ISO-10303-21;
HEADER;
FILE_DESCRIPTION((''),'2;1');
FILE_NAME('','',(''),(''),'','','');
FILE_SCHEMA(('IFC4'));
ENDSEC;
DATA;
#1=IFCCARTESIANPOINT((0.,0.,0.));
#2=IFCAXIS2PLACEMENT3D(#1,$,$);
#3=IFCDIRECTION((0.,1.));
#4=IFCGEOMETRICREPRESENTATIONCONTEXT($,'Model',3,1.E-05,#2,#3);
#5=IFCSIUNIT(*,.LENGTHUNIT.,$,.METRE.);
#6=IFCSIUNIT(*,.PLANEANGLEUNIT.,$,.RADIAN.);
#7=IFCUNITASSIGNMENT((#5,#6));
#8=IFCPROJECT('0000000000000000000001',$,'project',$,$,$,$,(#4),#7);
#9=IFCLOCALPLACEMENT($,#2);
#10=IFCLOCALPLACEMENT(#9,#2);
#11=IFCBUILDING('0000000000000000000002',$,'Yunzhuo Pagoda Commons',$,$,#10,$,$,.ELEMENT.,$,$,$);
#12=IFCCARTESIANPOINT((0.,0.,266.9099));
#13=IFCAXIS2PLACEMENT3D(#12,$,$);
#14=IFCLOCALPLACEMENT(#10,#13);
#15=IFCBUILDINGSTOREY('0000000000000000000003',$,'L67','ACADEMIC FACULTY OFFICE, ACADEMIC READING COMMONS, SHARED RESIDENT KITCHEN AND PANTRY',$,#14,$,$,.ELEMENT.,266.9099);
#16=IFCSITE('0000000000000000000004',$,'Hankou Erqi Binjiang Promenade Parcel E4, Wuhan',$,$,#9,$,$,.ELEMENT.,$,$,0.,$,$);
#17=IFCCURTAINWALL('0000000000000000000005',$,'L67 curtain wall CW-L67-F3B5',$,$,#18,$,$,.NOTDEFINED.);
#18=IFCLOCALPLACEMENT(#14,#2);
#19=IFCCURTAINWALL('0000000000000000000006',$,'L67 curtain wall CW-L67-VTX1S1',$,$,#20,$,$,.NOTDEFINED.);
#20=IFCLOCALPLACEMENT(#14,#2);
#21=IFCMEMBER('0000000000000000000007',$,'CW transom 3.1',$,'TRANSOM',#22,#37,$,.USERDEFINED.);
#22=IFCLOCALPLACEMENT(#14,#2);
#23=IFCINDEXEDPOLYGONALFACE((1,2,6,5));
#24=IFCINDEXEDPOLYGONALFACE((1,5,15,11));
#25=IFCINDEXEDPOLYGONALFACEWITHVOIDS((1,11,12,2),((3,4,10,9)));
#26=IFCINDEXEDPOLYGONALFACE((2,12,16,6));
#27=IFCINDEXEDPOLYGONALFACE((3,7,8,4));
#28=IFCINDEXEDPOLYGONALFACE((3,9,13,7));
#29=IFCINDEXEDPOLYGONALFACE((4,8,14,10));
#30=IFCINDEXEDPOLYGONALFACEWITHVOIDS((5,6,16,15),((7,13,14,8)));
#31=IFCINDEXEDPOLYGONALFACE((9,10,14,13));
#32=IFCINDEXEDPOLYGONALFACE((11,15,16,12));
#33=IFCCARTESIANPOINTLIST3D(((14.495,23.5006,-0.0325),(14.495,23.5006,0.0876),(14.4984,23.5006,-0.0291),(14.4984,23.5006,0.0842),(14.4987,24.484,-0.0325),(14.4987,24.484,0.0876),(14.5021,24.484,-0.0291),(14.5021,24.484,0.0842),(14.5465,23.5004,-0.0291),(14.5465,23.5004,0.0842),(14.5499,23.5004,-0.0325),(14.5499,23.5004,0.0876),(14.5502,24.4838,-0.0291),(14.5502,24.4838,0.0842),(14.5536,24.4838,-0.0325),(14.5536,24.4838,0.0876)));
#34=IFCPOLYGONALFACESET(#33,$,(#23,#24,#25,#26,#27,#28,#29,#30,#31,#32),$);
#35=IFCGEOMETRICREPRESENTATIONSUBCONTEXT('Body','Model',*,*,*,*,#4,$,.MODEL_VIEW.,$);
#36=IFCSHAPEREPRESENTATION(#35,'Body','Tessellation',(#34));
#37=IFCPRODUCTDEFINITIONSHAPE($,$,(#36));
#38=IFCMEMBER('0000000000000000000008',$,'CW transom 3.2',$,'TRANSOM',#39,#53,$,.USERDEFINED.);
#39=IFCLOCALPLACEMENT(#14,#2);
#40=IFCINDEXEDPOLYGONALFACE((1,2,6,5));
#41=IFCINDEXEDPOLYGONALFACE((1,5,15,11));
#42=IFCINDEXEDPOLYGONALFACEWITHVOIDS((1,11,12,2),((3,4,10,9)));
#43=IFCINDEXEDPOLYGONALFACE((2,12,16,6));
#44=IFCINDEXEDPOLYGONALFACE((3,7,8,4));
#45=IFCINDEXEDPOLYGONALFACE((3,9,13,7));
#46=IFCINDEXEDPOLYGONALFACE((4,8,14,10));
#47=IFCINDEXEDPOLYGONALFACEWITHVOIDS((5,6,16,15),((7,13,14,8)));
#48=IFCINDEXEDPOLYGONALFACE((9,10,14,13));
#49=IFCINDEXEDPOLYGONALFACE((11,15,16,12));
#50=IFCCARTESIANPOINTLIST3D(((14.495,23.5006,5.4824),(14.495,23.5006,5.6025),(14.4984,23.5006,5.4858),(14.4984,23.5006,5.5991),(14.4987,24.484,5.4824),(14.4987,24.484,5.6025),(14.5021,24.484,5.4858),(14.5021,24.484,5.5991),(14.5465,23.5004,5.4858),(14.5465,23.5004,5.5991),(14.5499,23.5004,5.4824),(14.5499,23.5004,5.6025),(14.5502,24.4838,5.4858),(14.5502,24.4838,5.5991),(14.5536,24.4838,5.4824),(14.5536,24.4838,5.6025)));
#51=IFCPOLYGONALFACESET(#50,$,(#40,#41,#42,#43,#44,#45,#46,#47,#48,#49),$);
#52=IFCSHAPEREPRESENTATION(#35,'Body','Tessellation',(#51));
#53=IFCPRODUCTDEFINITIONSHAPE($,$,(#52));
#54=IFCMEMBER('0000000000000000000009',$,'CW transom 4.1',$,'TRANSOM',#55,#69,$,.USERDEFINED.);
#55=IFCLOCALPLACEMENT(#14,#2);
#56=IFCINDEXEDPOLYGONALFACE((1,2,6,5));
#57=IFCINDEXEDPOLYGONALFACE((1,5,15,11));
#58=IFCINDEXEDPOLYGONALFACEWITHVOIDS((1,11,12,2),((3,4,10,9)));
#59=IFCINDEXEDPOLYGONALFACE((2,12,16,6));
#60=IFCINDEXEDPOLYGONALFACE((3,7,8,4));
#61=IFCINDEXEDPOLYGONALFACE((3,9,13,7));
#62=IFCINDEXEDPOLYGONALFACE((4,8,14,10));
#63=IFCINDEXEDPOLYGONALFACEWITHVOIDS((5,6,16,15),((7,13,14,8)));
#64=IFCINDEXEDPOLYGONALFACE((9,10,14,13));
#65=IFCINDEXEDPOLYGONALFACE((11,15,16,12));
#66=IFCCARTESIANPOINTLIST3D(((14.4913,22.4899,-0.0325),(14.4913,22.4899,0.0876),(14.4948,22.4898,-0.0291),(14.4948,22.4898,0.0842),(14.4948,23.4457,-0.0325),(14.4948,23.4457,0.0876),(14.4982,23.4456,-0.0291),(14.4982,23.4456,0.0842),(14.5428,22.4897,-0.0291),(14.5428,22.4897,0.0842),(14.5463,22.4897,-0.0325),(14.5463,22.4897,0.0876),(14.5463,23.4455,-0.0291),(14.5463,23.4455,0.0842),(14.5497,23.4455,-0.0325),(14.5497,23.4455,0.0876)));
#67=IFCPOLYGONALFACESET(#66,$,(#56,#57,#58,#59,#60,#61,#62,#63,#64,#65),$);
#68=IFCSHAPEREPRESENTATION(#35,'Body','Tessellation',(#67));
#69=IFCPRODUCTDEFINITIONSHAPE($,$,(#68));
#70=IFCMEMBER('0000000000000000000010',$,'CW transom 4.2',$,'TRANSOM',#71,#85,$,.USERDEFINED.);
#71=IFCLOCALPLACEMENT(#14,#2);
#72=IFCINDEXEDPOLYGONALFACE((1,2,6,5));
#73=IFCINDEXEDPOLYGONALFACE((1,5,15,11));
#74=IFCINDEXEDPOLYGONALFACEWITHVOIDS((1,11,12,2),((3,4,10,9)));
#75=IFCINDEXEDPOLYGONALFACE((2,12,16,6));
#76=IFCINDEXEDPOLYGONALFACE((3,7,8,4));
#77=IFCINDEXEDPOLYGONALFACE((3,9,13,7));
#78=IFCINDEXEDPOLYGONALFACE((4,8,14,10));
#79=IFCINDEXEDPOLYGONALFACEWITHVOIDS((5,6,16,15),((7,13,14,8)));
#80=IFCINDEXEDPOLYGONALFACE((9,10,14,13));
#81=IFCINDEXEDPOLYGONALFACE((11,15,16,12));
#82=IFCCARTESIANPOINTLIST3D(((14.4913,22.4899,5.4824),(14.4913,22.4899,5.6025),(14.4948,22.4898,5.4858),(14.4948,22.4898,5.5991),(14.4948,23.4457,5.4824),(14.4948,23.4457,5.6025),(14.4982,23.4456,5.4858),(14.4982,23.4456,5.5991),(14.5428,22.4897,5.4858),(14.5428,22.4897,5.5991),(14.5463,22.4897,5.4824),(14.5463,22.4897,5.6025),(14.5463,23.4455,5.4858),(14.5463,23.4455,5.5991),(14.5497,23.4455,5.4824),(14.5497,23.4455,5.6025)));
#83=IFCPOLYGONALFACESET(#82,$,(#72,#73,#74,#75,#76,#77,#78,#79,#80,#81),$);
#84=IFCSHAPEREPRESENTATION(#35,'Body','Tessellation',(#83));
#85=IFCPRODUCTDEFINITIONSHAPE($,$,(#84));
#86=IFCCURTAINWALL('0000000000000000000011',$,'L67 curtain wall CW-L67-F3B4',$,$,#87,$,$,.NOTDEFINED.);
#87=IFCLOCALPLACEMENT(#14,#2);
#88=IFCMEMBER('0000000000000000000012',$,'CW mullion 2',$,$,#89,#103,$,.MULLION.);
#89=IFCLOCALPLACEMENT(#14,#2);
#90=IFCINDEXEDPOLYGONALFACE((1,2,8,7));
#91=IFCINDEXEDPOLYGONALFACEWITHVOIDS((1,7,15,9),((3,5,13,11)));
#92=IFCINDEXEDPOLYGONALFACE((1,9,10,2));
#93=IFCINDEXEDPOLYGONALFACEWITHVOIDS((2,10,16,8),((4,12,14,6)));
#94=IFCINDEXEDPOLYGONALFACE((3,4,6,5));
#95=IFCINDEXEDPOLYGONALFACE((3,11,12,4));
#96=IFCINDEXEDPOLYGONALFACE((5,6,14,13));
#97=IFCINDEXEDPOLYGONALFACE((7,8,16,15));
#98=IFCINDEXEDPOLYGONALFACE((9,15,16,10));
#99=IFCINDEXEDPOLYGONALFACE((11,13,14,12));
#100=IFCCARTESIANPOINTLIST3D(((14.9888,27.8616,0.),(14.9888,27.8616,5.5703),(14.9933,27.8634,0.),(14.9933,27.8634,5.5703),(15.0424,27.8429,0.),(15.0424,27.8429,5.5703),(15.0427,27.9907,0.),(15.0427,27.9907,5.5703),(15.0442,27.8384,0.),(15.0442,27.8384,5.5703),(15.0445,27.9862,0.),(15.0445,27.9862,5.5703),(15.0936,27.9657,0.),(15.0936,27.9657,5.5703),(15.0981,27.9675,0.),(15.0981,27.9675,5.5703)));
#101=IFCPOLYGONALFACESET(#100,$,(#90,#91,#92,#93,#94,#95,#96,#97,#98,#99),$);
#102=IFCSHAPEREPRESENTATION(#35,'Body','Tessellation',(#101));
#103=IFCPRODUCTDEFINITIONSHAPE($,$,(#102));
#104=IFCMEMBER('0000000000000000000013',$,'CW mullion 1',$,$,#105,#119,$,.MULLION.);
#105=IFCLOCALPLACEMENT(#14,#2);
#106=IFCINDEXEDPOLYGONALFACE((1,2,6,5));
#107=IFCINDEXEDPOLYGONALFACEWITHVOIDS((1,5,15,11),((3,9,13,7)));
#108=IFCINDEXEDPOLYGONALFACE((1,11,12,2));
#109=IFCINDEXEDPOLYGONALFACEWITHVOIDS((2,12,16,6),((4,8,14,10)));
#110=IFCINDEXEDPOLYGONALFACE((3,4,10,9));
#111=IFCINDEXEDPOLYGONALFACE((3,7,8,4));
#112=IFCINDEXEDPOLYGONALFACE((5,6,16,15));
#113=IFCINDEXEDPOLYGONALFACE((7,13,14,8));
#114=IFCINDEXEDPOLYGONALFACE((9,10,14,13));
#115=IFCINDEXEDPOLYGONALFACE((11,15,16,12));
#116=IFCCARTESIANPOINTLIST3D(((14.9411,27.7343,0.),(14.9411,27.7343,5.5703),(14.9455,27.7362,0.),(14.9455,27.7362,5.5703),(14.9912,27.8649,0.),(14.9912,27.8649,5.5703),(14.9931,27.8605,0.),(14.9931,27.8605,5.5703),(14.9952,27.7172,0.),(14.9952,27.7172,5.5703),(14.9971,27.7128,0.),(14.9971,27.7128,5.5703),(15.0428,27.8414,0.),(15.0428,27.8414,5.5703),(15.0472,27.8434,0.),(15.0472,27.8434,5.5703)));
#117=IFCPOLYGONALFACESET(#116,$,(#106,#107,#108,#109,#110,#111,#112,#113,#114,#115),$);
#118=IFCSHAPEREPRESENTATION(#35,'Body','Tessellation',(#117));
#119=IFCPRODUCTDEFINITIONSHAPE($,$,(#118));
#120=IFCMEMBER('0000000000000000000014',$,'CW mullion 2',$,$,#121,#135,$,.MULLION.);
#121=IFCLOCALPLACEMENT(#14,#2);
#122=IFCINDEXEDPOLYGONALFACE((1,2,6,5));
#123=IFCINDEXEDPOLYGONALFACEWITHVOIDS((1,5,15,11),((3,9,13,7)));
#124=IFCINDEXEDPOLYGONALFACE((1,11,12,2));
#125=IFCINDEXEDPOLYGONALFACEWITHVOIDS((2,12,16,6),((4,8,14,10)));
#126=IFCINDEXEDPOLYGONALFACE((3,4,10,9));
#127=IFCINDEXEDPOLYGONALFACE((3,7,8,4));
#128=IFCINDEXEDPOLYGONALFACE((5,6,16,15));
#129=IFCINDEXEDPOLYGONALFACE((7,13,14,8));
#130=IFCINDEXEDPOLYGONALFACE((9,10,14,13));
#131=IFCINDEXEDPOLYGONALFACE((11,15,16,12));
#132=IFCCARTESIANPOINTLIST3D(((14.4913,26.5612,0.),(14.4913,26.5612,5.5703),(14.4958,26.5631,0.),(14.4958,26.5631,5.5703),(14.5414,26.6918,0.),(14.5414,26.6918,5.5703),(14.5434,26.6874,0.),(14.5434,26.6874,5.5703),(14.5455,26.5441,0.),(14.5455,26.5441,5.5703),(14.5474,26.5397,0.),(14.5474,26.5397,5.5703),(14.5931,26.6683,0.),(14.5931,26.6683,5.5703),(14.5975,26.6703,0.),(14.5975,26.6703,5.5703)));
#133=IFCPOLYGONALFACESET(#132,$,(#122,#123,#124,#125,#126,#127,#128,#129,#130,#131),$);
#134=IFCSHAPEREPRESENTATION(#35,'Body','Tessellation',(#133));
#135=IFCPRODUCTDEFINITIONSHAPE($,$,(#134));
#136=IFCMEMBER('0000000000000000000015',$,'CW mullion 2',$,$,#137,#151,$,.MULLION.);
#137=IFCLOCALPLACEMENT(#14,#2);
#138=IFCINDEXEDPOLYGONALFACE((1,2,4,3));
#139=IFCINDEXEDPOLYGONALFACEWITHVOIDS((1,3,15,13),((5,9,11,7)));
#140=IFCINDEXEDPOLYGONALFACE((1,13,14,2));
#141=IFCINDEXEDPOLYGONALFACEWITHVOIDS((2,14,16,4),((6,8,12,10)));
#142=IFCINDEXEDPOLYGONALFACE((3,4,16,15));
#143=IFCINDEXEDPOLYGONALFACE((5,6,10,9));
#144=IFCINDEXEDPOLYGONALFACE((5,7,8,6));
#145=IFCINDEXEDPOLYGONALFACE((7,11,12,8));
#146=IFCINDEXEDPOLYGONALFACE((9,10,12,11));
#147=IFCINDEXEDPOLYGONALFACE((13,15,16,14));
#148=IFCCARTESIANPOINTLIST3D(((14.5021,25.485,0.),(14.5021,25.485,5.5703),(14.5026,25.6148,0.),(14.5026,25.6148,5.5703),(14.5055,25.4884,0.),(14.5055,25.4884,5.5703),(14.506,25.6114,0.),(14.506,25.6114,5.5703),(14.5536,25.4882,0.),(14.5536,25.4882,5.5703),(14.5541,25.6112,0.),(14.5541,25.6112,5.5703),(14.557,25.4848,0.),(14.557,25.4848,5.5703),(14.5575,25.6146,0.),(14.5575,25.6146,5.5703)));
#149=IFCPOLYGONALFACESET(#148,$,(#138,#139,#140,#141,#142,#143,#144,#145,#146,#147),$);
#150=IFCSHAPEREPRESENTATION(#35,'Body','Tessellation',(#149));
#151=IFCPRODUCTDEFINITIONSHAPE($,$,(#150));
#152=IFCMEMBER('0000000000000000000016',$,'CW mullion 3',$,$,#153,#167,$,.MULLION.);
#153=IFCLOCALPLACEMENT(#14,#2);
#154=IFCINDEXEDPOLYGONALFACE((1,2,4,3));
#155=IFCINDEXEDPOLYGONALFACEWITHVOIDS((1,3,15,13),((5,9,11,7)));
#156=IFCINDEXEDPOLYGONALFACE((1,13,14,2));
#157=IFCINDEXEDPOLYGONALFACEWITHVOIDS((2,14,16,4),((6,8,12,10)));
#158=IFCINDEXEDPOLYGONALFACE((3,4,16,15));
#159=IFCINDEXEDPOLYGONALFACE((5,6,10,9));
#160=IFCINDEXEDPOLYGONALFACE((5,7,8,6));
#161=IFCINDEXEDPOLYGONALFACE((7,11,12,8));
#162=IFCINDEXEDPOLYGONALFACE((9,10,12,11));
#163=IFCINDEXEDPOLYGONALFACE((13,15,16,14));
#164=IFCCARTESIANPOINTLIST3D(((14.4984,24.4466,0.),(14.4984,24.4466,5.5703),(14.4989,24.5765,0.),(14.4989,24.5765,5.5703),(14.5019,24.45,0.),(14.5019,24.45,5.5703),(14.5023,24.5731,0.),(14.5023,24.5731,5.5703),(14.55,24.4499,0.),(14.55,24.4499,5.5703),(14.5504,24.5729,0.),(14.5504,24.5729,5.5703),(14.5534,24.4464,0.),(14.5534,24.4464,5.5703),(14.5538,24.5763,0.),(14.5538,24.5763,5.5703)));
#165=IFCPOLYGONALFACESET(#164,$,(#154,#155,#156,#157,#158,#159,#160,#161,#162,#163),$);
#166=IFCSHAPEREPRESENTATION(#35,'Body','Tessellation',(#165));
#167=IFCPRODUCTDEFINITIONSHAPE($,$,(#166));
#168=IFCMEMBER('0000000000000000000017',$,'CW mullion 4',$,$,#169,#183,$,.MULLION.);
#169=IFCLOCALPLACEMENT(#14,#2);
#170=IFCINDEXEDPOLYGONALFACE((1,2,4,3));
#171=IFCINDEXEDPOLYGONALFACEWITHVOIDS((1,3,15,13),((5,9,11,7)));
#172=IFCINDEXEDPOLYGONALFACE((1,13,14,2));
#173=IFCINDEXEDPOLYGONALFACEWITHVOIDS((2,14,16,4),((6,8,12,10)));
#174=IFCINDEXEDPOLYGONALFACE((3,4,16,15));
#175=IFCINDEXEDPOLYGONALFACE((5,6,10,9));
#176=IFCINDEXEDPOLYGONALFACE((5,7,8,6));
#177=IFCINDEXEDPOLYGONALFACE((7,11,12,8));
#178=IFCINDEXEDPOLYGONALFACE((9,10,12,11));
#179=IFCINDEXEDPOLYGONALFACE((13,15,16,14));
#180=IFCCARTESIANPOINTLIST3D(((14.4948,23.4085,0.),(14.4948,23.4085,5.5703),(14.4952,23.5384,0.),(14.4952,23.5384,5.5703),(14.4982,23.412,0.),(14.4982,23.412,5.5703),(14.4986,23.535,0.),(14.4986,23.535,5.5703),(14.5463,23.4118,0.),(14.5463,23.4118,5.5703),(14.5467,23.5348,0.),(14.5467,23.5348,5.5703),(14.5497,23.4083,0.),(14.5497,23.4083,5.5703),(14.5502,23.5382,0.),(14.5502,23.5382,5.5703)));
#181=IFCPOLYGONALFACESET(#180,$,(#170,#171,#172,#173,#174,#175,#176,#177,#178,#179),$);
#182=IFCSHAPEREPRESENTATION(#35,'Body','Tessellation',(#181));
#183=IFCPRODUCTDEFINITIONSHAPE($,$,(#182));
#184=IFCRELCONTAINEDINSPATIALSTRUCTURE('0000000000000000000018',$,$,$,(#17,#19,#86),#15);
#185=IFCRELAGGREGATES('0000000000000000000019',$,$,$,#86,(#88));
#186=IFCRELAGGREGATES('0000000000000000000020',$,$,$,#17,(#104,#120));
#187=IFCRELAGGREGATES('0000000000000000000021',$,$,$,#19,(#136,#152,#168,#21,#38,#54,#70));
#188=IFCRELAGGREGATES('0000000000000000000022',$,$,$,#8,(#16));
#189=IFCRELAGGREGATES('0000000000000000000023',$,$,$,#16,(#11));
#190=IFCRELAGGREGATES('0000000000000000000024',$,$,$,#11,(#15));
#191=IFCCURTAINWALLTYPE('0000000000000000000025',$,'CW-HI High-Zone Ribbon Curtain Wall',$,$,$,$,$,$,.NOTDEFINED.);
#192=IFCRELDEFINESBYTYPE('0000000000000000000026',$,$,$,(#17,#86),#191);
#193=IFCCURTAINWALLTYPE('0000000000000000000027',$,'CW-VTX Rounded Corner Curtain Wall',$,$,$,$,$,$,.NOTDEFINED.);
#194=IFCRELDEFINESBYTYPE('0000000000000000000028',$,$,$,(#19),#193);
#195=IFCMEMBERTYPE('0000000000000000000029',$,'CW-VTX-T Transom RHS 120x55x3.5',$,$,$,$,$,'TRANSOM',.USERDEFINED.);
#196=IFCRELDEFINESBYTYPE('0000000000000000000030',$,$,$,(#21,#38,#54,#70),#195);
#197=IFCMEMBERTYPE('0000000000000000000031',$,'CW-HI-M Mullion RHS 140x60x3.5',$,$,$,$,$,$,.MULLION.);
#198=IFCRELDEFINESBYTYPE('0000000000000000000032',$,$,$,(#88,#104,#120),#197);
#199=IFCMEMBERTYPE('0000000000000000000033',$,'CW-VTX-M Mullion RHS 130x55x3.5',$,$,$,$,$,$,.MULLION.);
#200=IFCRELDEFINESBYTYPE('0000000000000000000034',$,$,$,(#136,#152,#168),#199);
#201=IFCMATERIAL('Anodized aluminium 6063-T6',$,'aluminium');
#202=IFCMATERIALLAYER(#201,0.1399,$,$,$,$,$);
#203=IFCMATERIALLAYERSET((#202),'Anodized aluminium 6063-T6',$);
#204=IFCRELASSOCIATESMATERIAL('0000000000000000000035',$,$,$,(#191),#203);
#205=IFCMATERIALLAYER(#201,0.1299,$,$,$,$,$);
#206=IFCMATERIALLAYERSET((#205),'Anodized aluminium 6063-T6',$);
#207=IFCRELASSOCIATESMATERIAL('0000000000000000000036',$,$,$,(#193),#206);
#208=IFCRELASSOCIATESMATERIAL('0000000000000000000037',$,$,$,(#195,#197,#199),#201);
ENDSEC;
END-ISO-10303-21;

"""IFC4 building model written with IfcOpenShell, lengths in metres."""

from ifc_helpers import new_model, si_unit, direction, frame, origin, origin_2d, place, context, subcontext, project, spatial, hollow_rectangle, extrude, source, transform, mapped, material, layer, layer_set, material_profile, profile_set, type_object, element, aggregate, save


model = new_model("IFC4")

# Units and contexts
model_context = context("Model", 3, precision=1e-05, world=origin(), true_north=direction((0.0, 1.0)))
body_context = subcontext(model_context, "Body", "Model", "MODEL_VIEW")
ifc_project = project(units=[si_unit("LENGTHUNIT", "METRE"), si_unit("PLANEANGLEUNIT", "RADIAN")], contexts=[model_context])

# Site, building, storey
site_placement = place(None, origin())
site = spatial("IfcSite", under=ifc_project, at=site_placement, Name="Hankou Erqi Binjiang Promenade Parcel E4, Wuhan", CompositionType="ELEMENT", RefElevation=0.0)
building_placement = place(site_placement, origin())
building = spatial("IfcBuilding", under=site, at=building_placement, Name="Yunzhuo Pagoda Commons", CompositionType="ELEMENT")
storey_placement = place(building_placement, frame((0.0, 0.0, 266.9099)))
storey = spatial("IfcBuildingStorey", under=building, at=storey_placement, Name="L67", Description="ACADEMIC FACULTY OFFICE, ACADEMIC READING COMMONS, SHARED RESIDENT KITCHEN AND PANTRY", CompositionType="ELEMENT", Elevation=266.9099)

# Curtain walls, members
ifc_material_1 = material(Name="Anodized aluminium 6063-T6", Category="aluminium")
ifc_layer_1 = layer(ifc_material_1, 0.1399)
ifc_layer_set_1 = layer_set([ifc_layer_1], Name="Anodized aluminium 6063-T6")
curtain_wall_type_1 = type_object("IfcCurtainWallType", Name="CW-HI High-Zone Ribbon Curtain Wall", PredefinedType="NOTDEFINED", material=ifc_layer_set_1)
curtain_wall_1_placement = place(storey_placement, origin())
curtain_wall_1 = element("IfcCurtainWall", 1, at=curtain_wall_1_placement, inside=storey, type_object=curtain_wall_type_1, Name="L67 curtain wall CW-L67-F3B5", PredefinedType="NOTDEFINED")
ifc_layer_2 = layer(ifc_material_1, 0.1299)
ifc_layer_set_2 = layer_set([ifc_layer_2], Name="Anodized aluminium 6063-T6")
curtain_wall_type_2 = type_object("IfcCurtainWallType", Name="CW-VTX Rounded Corner Curtain Wall", PredefinedType="NOTDEFINED", material=ifc_layer_set_2)
curtain_wall_2_placement = place(storey_placement, origin())
curtain_wall_2 = element("IfcCurtainWall", 2, at=curtain_wall_2_placement, inside=storey, type_object=curtain_wall_type_2, Name="L67 curtain wall CW-L67-VTX1S1", PredefinedType="NOTDEFINED")
ifc_material_profile_1 = material_profile(ifc_material_1, hollow_rectangle(XDim=0.0549, YDim=0.1201, WallThickness=0.0034, at=origin_2d()), Name="Anodized aluminium 6063-T6")
ifc_profile_set_1 = profile_set([ifc_material_profile_1], Name="Anodized aluminium 6063-T6")
member_type_1 = type_object("IfcMemberType", Name="CW-VTX-T Transom RHS 120x55x3.5", ElementType="TRANSOM", PredefinedType="USERDEFINED", material=ifc_profile_set_1)
shared_shape_1 = source(origin(), body_context, "Body", "SweptSolid", [
    extrude(hollow_rectangle(XDim=0.0549, YDim=0.1201, WallThickness=0.0034, at=origin_2d()), origin(), (0.0, 0.0, 1.0), 0.9834),
])
member_1_placement = place(storey_placement, frame((14.5261, 24.4839, 0.0276), z_axis=(-0.003724, -0.999993, 0.0), x_axis=(0.999993, -0.003724, 0.0)))
member_1 = element("IfcMember", 3, at=member_1_placement, type_object=member_type_1, Name="CW transom 3.1", ObjectType="TRANSOM", PredefinedType="USERDEFINED", context=body_context, shape_type="MappedRepresentation", body=[
    mapped(shared_shape_1, transform((0.0, 0.0, 0.0), scale=1.0)),
])
member_2_placement = place(storey_placement, frame((14.5261, 24.4839, 5.5425), z_axis=(-0.003724, -0.999993, 0.0), x_axis=(0.999993, -0.003724, 0.0)))
member_2 = element("IfcMember", 4, at=member_2_placement, type_object=member_type_1, Name="CW transom 3.2", ObjectType="TRANSOM", PredefinedType="USERDEFINED", context=body_context, shape_type="MappedRepresentation", body=[
    mapped(shared_shape_1, transform((0.0, 0.0, 0.0), scale=1.0)),
])
shared_shape_2 = source(origin(), body_context, "Body", "SweptSolid", [
    extrude(hollow_rectangle(XDim=0.0549, YDim=0.1201, WallThickness=0.0034, at=origin_2d()), origin(), (0.0, 0.0, 1.0), 0.9558),
])
member_3_placement = place(storey_placement, frame((14.5222, 23.4456, 0.0276), z_axis=(-0.003576, -0.999994, 0.0), x_axis=(0.999994, -0.003576, 0.0)))
member_3 = element("IfcMember", 5, at=member_3_placement, type_object=member_type_1, Name="CW transom 4.1", ObjectType="TRANSOM", PredefinedType="USERDEFINED", context=body_context, shape_type="MappedRepresentation", body=[
    mapped(shared_shape_2, transform((0.0, 0.0, 0.0), scale=1.0)),
])
member_4_placement = place(storey_placement, frame((14.5222, 23.4456, 5.5425), z_axis=(-0.003576, -0.999994, 0.0), x_axis=(0.999994, -0.003576, 0.0)))
member_4 = element("IfcMember", 6, at=member_4_placement, type_object=member_type_1, Name="CW transom 4.2", ObjectType="TRANSOM", PredefinedType="USERDEFINED", context=body_context, shape_type="MappedRepresentation", body=[
    mapped(shared_shape_2, transform((0.0, 0.0, 0.0), scale=1.0)),
])

# Curtain wall, member
curtain_wall_3_placement = place(storey_placement, origin())
curtain_wall_3 = element("IfcCurtainWall", 7, at=curtain_wall_3_placement, inside=storey, type_object=curtain_wall_type_1, Name="L67 curtain wall CW-L67-F3B4", PredefinedType="NOTDEFINED")
ifc_material_profile_2 = material_profile(ifc_material_1, hollow_rectangle(XDim=0.0601, YDim=0.1399, WallThickness=0.0034, at=origin_2d()), Name="Anodized aluminium 6063-T6")
ifc_profile_set_2 = profile_set([ifc_material_profile_2], Name="Anodized aluminium 6063-T6")
member_type_2 = type_object("IfcMemberType", Name="CW-HI-M Mullion RHS 140x60x3.5", PredefinedType="MULLION", material=ifc_profile_set_2)
shared_shape_3 = source(origin(), body_context, "Body", "SweptSolid", [
    extrude(hollow_rectangle(XDim=0.0601, YDim=0.1399, WallThickness=0.0034, at=origin_2d()), origin(), (0.0, 0.0, 1.0), 5.5703),
])
member_5_placement = place(storey_placement, frame((15.0435, 27.9146, 0.0), z_axis=(0.0, 0.0, 1.0), x_axis=(0.92291, -0.385016, 0.0)))
member_5 = element("IfcMember", 8, at=member_5_placement, type_object=member_type_2, Name="CW mullion 2", PredefinedType="MULLION", context=body_context, shape_type="MappedRepresentation", body=[
    mapped(shared_shape_3, transform((0.0, 0.0, 0.0), scale=1.0)),
])
aggregate(curtain_wall_3, [member_5])

# Members
member_6_placement = place(storey_placement, frame((14.9941, 27.7888, 0.0), z_axis=(0.0, 0.0, 1.0), x_axis=(0.933674, -0.358124, 0.0)))
member_6 = element("IfcMember", 9, at=member_6_placement, type_object=member_type_2, Name="CW mullion 1", PredefinedType="MULLION", context=body_context, shape_type="MappedRepresentation", body=[
    mapped(shared_shape_3, transform((0.0, 0.0, 0.0), scale=1.0)),
])
member_7_placement = place(storey_placement, frame((14.5444, 26.6157, 0.0), z_axis=(0.0, 0.0, 1.0), x_axis=(0.933674, -0.358124, 0.0)))
member_7 = element("IfcMember", 10, at=member_7_placement, type_object=member_type_2, Name="CW mullion 2", PredefinedType="MULLION", context=body_context, shape_type="MappedRepresentation", body=[
    mapped(shared_shape_3, transform((0.0, 0.0, 0.0), scale=1.0)),
])
ifc_material_profile_3 = material_profile(ifc_material_1, hollow_rectangle(XDim=0.0549, YDim=0.1299, WallThickness=0.0034, at=origin_2d()), Name="Anodized aluminium 6063-T6")
ifc_profile_set_3 = profile_set([ifc_material_profile_3], Name="Anodized aluminium 6063-T6")
member_type_3 = type_object("IfcMemberType", Name="CW-VTX-M Mullion RHS 130x55x3.5", PredefinedType="MULLION", material=ifc_profile_set_3)
shared_shape_4 = source(origin(), body_context, "Body", "SweptSolid", [
    extrude(hollow_rectangle(XDim=0.0549, YDim=0.1299, WallThickness=0.0034, at=origin_2d()), origin(), (0.0, 0.0, 1.0), 5.5703),
])
member_8_placement = place(storey_placement, frame((14.5298, 25.5498, 0.0), z_axis=(0.0, 0.0, 1.0), x_axis=(0.999994, -0.003588, 0.0)))
member_8 = element("IfcMember", 11, at=member_8_placement, type_object=member_type_3, Name="CW mullion 2", PredefinedType="MULLION", context=body_context, shape_type="MappedRepresentation", body=[
    mapped(shared_shape_4, transform((0.0, 0.0, 0.0), scale=1.0)),
])
member_9_placement = place(storey_placement, frame((14.5261, 24.5115, 0.0), z_axis=(0.0, 0.0, 1.0), x_axis=(0.999994, -0.003588, 0.0)))
member_9 = element("IfcMember", 12, at=member_9_placement, type_object=member_type_3, Name="CW mullion 3", PredefinedType="MULLION", context=body_context, shape_type="MappedRepresentation", body=[
    mapped(shared_shape_4, transform((0.0, 0.0, 0.0), scale=1.0)),
])
member_10_placement = place(storey_placement, frame((14.5225, 23.4734, 0.0), z_axis=(0.0, 0.0, 1.0), x_axis=(0.999994, -0.003588, 0.0)))
member_10 = element("IfcMember", 13, at=member_10_placement, type_object=member_type_3, Name="CW mullion 4", PredefinedType="MULLION", context=body_context, shape_type="MappedRepresentation", body=[
    mapped(shared_shape_4, transform((0.0, 0.0, 0.0), scale=1.0)),
])

aggregate(curtain_wall_1, [member_6, member_7])
aggregate(curtain_wall_2, [member_8, member_9, member_10, member_1, member_2, member_3, member_4])

save(model, "model.ifc")
